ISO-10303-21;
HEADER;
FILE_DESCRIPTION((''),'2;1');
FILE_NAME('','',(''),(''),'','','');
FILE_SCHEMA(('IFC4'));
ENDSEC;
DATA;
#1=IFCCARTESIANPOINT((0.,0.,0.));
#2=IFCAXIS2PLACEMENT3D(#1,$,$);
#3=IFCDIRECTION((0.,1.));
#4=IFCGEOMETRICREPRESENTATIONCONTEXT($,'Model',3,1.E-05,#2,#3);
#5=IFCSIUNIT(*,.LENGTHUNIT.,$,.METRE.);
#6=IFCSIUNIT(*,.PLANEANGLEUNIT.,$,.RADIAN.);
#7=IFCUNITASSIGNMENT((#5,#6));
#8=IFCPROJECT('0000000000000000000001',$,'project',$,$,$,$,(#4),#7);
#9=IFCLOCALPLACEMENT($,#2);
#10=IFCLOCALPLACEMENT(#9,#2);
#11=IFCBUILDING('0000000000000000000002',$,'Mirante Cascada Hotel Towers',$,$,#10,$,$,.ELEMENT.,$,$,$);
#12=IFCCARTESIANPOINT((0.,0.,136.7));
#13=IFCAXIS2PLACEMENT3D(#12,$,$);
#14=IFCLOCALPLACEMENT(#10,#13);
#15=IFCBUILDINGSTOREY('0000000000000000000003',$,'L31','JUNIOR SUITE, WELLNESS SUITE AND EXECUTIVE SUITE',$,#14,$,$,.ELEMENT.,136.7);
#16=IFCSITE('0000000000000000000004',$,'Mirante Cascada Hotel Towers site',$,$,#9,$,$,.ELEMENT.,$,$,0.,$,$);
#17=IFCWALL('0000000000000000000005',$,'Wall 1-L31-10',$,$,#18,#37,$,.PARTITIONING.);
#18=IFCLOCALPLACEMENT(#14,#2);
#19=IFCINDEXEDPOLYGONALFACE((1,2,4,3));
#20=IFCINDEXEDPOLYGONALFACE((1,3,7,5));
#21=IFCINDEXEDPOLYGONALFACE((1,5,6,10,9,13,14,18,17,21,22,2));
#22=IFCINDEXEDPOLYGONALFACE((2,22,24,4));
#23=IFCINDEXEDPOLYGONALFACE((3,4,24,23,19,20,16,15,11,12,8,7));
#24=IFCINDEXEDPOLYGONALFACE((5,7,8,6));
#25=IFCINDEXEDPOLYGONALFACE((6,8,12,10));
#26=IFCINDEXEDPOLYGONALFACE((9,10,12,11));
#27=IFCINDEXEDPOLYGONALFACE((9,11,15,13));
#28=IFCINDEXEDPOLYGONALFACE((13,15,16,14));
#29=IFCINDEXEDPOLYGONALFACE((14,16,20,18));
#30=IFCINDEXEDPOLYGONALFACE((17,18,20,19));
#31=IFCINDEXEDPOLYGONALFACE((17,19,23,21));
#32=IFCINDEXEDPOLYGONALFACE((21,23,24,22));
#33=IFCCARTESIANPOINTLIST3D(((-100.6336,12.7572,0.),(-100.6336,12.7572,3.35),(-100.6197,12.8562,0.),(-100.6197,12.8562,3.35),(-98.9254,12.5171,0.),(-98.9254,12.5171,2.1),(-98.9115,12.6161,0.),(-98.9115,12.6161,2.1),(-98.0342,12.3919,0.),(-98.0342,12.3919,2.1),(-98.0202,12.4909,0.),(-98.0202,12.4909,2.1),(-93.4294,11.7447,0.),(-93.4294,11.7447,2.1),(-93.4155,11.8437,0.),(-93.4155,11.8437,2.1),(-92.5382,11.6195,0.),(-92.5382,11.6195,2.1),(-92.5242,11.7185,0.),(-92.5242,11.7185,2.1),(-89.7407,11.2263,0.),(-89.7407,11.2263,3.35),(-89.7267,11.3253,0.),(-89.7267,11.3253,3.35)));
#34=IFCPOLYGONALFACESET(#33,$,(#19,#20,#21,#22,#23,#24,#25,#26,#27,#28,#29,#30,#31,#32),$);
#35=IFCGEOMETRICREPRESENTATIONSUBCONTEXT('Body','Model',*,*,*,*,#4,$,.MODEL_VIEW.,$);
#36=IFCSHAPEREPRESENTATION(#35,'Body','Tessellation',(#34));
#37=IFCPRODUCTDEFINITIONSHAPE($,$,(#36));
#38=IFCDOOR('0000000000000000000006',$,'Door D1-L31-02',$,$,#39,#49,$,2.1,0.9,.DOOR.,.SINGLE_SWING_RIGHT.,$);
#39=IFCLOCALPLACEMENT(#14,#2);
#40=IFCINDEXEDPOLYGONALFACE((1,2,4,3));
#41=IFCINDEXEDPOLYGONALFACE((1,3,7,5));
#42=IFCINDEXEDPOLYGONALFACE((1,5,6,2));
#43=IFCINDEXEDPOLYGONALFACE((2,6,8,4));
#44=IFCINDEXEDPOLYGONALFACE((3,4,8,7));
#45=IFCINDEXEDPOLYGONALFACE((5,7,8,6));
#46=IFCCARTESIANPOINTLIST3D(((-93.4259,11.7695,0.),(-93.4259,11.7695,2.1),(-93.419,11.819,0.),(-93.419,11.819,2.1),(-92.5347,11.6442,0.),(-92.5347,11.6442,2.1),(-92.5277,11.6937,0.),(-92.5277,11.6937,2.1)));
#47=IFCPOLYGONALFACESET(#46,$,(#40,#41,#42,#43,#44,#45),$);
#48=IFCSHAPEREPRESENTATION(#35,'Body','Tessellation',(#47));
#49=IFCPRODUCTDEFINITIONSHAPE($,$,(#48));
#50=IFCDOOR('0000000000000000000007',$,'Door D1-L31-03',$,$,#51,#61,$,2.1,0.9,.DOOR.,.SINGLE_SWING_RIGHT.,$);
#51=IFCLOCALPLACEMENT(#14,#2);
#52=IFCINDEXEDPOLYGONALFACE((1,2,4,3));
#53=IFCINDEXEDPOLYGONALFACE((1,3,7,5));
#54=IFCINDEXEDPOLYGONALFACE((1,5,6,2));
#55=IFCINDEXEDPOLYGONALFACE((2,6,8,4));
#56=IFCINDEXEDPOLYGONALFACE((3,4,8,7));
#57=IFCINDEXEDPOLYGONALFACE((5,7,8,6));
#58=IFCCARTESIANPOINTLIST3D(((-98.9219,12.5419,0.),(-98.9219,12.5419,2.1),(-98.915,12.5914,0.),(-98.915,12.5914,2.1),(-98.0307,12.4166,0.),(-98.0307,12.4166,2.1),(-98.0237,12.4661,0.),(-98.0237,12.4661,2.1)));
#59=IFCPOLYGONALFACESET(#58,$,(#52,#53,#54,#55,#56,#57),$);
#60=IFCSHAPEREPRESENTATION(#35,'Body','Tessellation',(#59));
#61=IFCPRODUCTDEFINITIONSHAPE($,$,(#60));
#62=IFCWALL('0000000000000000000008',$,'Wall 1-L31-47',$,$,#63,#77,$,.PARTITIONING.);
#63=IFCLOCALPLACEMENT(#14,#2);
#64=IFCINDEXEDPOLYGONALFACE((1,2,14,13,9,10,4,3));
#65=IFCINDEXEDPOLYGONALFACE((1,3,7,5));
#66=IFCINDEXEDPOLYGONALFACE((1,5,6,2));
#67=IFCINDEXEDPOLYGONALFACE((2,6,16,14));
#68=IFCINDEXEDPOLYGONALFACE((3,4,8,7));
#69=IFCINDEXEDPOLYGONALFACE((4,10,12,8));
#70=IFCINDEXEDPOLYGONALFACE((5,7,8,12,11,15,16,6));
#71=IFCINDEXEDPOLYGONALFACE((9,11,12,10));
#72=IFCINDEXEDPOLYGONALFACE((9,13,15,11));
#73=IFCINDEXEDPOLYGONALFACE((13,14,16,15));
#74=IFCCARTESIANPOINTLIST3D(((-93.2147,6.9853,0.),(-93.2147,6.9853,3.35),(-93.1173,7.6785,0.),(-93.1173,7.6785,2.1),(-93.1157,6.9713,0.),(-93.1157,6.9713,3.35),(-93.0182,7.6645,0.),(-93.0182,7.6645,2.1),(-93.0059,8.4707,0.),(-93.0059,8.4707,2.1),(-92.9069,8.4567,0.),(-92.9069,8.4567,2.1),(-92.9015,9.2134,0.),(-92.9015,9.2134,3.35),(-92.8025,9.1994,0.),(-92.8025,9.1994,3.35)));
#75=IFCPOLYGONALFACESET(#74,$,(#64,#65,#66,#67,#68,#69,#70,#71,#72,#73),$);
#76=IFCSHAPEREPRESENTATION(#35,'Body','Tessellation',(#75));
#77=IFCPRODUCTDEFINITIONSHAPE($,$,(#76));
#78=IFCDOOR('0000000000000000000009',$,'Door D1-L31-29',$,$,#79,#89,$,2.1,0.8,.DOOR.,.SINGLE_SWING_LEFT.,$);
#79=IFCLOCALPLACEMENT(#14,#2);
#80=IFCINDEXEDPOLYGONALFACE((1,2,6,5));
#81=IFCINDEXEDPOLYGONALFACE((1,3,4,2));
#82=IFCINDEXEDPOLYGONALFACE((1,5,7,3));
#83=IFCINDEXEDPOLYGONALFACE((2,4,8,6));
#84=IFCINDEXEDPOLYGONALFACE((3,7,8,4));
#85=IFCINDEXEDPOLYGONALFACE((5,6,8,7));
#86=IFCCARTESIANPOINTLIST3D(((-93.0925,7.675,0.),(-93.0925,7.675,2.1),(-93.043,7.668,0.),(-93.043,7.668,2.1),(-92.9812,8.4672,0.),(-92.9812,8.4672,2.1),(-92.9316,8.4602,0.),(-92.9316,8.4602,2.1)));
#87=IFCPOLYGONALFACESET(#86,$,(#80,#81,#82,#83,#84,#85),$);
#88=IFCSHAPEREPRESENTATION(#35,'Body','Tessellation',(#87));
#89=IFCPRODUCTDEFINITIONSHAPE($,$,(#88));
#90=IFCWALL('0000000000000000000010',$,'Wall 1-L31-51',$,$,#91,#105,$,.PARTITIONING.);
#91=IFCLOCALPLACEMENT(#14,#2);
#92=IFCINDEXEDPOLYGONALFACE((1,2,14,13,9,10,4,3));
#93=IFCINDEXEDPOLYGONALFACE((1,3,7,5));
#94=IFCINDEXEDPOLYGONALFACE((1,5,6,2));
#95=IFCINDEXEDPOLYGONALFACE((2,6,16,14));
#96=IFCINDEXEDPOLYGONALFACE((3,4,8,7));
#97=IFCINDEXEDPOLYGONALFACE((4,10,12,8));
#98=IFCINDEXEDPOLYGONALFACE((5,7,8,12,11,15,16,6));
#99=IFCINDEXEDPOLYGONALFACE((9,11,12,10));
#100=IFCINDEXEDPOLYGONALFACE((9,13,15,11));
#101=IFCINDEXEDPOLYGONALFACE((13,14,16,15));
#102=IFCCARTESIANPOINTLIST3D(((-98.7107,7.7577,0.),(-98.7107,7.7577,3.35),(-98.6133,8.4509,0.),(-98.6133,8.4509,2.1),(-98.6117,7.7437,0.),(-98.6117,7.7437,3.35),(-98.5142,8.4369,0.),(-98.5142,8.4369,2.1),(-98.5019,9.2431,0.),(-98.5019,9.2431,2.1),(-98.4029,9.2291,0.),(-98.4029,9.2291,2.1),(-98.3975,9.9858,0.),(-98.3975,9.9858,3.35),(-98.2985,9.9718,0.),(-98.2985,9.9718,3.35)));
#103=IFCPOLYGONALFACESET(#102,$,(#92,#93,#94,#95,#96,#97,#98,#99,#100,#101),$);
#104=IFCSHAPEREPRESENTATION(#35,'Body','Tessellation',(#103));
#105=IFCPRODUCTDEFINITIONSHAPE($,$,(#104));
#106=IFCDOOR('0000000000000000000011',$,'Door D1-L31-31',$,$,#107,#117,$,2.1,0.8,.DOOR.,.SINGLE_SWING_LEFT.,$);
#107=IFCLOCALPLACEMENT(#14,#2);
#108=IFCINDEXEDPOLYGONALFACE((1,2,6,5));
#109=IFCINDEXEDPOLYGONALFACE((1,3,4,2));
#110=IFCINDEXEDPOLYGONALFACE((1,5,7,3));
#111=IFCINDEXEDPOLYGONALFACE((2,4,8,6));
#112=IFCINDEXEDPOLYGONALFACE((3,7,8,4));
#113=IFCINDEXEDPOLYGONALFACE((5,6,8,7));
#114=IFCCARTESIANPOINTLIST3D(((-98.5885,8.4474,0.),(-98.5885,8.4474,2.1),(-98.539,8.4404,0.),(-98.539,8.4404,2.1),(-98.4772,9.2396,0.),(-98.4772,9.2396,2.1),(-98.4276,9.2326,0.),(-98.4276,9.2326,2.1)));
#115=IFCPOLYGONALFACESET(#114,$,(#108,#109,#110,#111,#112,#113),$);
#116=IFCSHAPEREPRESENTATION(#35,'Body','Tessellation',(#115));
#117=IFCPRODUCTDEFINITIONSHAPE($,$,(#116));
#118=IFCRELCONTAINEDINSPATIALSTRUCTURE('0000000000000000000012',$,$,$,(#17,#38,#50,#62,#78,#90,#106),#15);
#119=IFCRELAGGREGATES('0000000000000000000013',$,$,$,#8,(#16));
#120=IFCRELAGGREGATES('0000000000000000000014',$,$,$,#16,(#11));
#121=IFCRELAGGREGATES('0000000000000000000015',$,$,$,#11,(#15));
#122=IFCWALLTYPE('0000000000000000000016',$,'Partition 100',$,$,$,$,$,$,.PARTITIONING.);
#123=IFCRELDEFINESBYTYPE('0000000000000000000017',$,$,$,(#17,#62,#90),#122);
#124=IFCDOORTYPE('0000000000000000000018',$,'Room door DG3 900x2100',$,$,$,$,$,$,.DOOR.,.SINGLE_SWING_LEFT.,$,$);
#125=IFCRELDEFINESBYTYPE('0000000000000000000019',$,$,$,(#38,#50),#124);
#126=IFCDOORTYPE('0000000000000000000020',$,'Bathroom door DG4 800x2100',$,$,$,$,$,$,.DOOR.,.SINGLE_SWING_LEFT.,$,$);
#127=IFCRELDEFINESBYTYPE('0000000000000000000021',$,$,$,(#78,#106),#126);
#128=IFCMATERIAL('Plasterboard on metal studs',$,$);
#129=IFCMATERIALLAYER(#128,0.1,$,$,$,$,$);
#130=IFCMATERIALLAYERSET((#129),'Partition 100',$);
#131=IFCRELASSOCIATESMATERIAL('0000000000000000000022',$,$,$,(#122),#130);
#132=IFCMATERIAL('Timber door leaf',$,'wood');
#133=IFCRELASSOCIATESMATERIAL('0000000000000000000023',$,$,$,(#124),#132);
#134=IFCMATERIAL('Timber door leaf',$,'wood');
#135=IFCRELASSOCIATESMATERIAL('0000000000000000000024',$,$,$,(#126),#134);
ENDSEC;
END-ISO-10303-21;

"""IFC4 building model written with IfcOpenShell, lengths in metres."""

from ifc_helpers import new_model, si_unit, direction, frame, frame_2d, origin, place, context, subcontext, project, spatial, rectangle, extrude, material, layer, layer_set, type_object, element, fill, save


model = new_model("IFC4")

# Units and contexts
model_context = context("Model", 3, precision=1e-05, world=origin(), true_north=direction((0.0, 1.0)))
body_context = subcontext(model_context, "Body", "Model", "MODEL_VIEW")
ifc_project = project(units=[si_unit("LENGTHUNIT", "METRE"), si_unit("PLANEANGLEUNIT", "RADIAN")], contexts=[model_context])

# Site, building, storey
site_placement = place(None, origin())
site = spatial("IfcSite", under=ifc_project, at=site_placement, Name="Mirante Cascada Hotel Towers site", CompositionType="ELEMENT", RefElevation=0.0)
building_placement = place(site_placement, origin())
building = spatial("IfcBuilding", under=site, at=building_placement, Name="Mirante Cascada Hotel Towers", CompositionType="ELEMENT")
storey_placement = place(building_placement, frame((0.0, 0.0, 136.7)))
storey = spatial("IfcBuildingStorey", under=building, at=storey_placement, Name="L31", Description="JUNIOR SUITE, WELLNESS SUITE AND EXECUTIVE SUITE", CompositionType="ELEMENT", Elevation=136.7)

# Shared definitions
ifc_material_1 = material(Name="Plasterboard on metal studs")
ifc_layer_1 = layer(ifc_material_1, 0.1)
ifc_layer_set_1 = layer_set([ifc_layer_1], Name="Partition 100")
wall_type_1 = type_object("IfcWallType", Name="Partition 100", PredefinedType="PARTITIONING", material=ifc_layer_set_1)

# Wall, openings, doors
wall_1_placement = place(storey_placement, frame((-89.7337, 11.2758, 0.0), z_axis=(0.0, 0.0, 1.0), x_axis=(-0.990268, 0.139173, 0.0)))
wall_1 = element("IfcWall", 1, at=wall_1_placement, inside=storey, type_object=wall_type_1, Name="Wall 1-L31-10", PredefinedType="PARTITIONING", context=body_context, shape_type="SweptSolid", body=[
    extrude(rectangle(XDim=11.0, YDim=0.1, at=frame_2d((5.5, 0.0))), origin(), (0.0, 0.0, 1.0), 3.35),
])
opening_1_placement = place(wall_1_placement, frame((2.825, 0.0, 0.0)))
opening_1 = element("IfcOpeningElement", 2, at=opening_1_placement, cuts=wall_1, PredefinedType="OPENING", context=body_context, shape_type="SweptSolid", body=[
    extrude(rectangle(XDim=0.9, YDim=2.1, at=frame_2d((0.45, 1.05))), frame((0.0, 0.05, 0.0), z_axis=(0.0, -1.0, 0.0), x_axis=(1.0, 0.0, 0.0)), (0.0, 0.0, 1.0), 0.1),
])
opening_2_placement = place(wall_1_placement, frame((8.375, 0.0, 0.0)))
opening_2 = element("IfcOpeningElement", 3, at=opening_2_placement, cuts=wall_1, PredefinedType="OPENING", context=body_context, shape_type="SweptSolid", body=[
    extrude(rectangle(XDim=0.9, YDim=2.1, at=frame_2d((0.45, 1.05))), frame((0.0, 0.05, 0.0), z_axis=(0.0, -1.0, 0.0), x_axis=(1.0, 0.0, 0.0)), (0.0, 0.0, 1.0), 0.1),
])
ifc_material_2 = material(Name="Timber door leaf", Category="wood")
door_type_1 = type_object("IfcDoorType", Name="Room door DG3 900x2100", OperationType="SINGLE_SWING_LEFT", PredefinedType="DOOR", material=ifc_material_2)
door_1_placement = place(opening_1_placement, frame((0.9, 0.0, 0.0), z_axis=(0.0, 0.0, 1.0), x_axis=(-1.0, 0.0, 0.0)))
door_1 = element("IfcDoor", 4, at=door_1_placement, inside=storey, type_object=door_type_1, Name="Door D1-L31-02", OperationType="SINGLE_SWING_RIGHT", OverallHeight=2.1, OverallWidth=0.9, PredefinedType="DOOR", context=body_context, shape_type="SweptSolid", body=[
    extrude(rectangle(XDim=0.9, YDim=2.1, at=frame_2d((0.45, 1.05))), frame((0.0, 0.025, 0.0), z_axis=(0.0, -1.0, 0.0), x_axis=(1.0, 0.0, 0.0)), (0.0, 0.0, 1.0), 0.05),
])
fill(opening_1, door_1)
door_2_placement = place(opening_2_placement, frame((0.9, 0.0, 0.0), z_axis=(0.0, 0.0, 1.0), x_axis=(-1.0, 0.0, 0.0)))
door_2 = element("IfcDoor", 5, at=door_2_placement, inside=storey, type_object=door_type_1, Name="Door D1-L31-03", OperationType="SINGLE_SWING_RIGHT", OverallHeight=2.1, OverallWidth=0.9, PredefinedType="DOOR", context=body_context, shape_type="SweptSolid", body=[
    extrude(rectangle(XDim=0.9, YDim=2.1, at=frame_2d((0.45, 1.05))), frame((0.0, 0.025, 0.0), z_axis=(0.0, -1.0, 0.0), x_axis=(1.0, 0.0, 0.0)), (0.0, 0.0, 1.0), 0.05),
])
fill(opening_2, door_2)

# Walls, openings, doors
wall_2_placement = place(storey_placement, frame((-92.852, 9.2064, 0.0), z_axis=(0.0, 0.0, 1.0), x_axis=(-0.1392, -0.990264, 0.0)))
wall_2 = element("IfcWall", 6, at=wall_2_placement, inside=storey, type_object=wall_type_1, Name="Wall 1-L31-47", PredefinedType="PARTITIONING", context=body_context, shape_type="SweptSolid", body=[
    extrude(rectangle(XDim=2.25, YDim=0.1, at=frame_2d((1.125, 0.0))), origin(), (0.0, 0.0, 1.0), 3.35),
])
opening_3_placement = place(wall_2_placement, frame((0.75, 0.0, 0.0)))
opening_3 = element("IfcOpeningElement", 7, at=opening_3_placement, cuts=wall_2, PredefinedType="OPENING", context=body_context, shape_type="SweptSolid", body=[
    extrude(rectangle(XDim=0.8, YDim=2.1, at=frame_2d((0.4, 1.05))), frame((0.0, 0.05, 0.0), z_axis=(0.0, -1.0, 0.0), x_axis=(1.0, 0.0, 0.0)), (0.0, 0.0, 1.0), 0.1),
])
ifc_material_3 = material(Name="Timber door leaf", Category="wood")
door_type_2 = type_object("IfcDoorType", Name="Bathroom door DG4 800x2100", OperationType="SINGLE_SWING_LEFT", PredefinedType="DOOR", material=ifc_material_3)
door_3_placement = place(opening_3_placement, origin())
door_3 = element("IfcDoor", 8, at=door_3_placement, inside=storey, type_object=door_type_2, Name="Door D1-L31-29", OperationType="SINGLE_SWING_LEFT", OverallHeight=2.1, OverallWidth=0.8, PredefinedType="DOOR", context=body_context, shape_type="SweptSolid", body=[
    extrude(rectangle(XDim=0.8, YDim=2.1, at=frame_2d((0.4, 1.05))), frame((0.0, 0.025, 0.0), z_axis=(0.0, -1.0, 0.0), x_axis=(1.0, 0.0, 0.0)), (0.0, 0.0, 1.0), 0.05),
])
fill(opening_3, door_3)
wall_3_placement = place(storey_placement, frame((-98.348, 9.9788, 0.0), z_axis=(0.0, 0.0, 1.0), x_axis=(-0.1392, -0.990264, 0.0)))
wall_3 = element("IfcWall", 9, at=wall_3_placement, inside=storey, type_object=wall_type_1, Name="Wall 1-L31-51", PredefinedType="PARTITIONING", context=body_context, shape_type="SweptSolid", body=[
    extrude(rectangle(XDim=2.25, YDim=0.1, at=frame_2d((1.125, 0.0))), origin(), (0.0, 0.0, 1.0), 3.35),
])
opening_4_placement = place(wall_3_placement, frame((0.75, 0.0, 0.0)))
opening_4 = element("IfcOpeningElement", 10, at=opening_4_placement, cuts=wall_3, PredefinedType="OPENING", context=body_context, shape_type="SweptSolid", body=[
    extrude(rectangle(XDim=0.8, YDim=2.1, at=frame_2d((0.4, 1.05))), frame((0.0, 0.05, 0.0), z_axis=(0.0, -1.0, 0.0), x_axis=(1.0, 0.0, 0.0)), (0.0, 0.0, 1.0), 0.1),
])
door_4_placement = place(opening_4_placement, origin())
door_4 = element("IfcDoor", 11, at=door_4_placement, inside=storey, type_object=door_type_2, Name="Door D1-L31-31", OperationType="SINGLE_SWING_LEFT", OverallHeight=2.1, OverallWidth=0.8, PredefinedType="DOOR", context=body_context, shape_type="SweptSolid", body=[
    extrude(rectangle(XDim=0.8, YDim=2.1, at=frame_2d((0.4, 1.05))), frame((0.0, 0.025, 0.0), z_axis=(0.0, -1.0, 0.0), x_axis=(1.0, 0.0, 0.0)), (0.0, 0.0, 1.0), 0.05),
])
fill(opening_4, door_4)

save(model, "model.ifc")
